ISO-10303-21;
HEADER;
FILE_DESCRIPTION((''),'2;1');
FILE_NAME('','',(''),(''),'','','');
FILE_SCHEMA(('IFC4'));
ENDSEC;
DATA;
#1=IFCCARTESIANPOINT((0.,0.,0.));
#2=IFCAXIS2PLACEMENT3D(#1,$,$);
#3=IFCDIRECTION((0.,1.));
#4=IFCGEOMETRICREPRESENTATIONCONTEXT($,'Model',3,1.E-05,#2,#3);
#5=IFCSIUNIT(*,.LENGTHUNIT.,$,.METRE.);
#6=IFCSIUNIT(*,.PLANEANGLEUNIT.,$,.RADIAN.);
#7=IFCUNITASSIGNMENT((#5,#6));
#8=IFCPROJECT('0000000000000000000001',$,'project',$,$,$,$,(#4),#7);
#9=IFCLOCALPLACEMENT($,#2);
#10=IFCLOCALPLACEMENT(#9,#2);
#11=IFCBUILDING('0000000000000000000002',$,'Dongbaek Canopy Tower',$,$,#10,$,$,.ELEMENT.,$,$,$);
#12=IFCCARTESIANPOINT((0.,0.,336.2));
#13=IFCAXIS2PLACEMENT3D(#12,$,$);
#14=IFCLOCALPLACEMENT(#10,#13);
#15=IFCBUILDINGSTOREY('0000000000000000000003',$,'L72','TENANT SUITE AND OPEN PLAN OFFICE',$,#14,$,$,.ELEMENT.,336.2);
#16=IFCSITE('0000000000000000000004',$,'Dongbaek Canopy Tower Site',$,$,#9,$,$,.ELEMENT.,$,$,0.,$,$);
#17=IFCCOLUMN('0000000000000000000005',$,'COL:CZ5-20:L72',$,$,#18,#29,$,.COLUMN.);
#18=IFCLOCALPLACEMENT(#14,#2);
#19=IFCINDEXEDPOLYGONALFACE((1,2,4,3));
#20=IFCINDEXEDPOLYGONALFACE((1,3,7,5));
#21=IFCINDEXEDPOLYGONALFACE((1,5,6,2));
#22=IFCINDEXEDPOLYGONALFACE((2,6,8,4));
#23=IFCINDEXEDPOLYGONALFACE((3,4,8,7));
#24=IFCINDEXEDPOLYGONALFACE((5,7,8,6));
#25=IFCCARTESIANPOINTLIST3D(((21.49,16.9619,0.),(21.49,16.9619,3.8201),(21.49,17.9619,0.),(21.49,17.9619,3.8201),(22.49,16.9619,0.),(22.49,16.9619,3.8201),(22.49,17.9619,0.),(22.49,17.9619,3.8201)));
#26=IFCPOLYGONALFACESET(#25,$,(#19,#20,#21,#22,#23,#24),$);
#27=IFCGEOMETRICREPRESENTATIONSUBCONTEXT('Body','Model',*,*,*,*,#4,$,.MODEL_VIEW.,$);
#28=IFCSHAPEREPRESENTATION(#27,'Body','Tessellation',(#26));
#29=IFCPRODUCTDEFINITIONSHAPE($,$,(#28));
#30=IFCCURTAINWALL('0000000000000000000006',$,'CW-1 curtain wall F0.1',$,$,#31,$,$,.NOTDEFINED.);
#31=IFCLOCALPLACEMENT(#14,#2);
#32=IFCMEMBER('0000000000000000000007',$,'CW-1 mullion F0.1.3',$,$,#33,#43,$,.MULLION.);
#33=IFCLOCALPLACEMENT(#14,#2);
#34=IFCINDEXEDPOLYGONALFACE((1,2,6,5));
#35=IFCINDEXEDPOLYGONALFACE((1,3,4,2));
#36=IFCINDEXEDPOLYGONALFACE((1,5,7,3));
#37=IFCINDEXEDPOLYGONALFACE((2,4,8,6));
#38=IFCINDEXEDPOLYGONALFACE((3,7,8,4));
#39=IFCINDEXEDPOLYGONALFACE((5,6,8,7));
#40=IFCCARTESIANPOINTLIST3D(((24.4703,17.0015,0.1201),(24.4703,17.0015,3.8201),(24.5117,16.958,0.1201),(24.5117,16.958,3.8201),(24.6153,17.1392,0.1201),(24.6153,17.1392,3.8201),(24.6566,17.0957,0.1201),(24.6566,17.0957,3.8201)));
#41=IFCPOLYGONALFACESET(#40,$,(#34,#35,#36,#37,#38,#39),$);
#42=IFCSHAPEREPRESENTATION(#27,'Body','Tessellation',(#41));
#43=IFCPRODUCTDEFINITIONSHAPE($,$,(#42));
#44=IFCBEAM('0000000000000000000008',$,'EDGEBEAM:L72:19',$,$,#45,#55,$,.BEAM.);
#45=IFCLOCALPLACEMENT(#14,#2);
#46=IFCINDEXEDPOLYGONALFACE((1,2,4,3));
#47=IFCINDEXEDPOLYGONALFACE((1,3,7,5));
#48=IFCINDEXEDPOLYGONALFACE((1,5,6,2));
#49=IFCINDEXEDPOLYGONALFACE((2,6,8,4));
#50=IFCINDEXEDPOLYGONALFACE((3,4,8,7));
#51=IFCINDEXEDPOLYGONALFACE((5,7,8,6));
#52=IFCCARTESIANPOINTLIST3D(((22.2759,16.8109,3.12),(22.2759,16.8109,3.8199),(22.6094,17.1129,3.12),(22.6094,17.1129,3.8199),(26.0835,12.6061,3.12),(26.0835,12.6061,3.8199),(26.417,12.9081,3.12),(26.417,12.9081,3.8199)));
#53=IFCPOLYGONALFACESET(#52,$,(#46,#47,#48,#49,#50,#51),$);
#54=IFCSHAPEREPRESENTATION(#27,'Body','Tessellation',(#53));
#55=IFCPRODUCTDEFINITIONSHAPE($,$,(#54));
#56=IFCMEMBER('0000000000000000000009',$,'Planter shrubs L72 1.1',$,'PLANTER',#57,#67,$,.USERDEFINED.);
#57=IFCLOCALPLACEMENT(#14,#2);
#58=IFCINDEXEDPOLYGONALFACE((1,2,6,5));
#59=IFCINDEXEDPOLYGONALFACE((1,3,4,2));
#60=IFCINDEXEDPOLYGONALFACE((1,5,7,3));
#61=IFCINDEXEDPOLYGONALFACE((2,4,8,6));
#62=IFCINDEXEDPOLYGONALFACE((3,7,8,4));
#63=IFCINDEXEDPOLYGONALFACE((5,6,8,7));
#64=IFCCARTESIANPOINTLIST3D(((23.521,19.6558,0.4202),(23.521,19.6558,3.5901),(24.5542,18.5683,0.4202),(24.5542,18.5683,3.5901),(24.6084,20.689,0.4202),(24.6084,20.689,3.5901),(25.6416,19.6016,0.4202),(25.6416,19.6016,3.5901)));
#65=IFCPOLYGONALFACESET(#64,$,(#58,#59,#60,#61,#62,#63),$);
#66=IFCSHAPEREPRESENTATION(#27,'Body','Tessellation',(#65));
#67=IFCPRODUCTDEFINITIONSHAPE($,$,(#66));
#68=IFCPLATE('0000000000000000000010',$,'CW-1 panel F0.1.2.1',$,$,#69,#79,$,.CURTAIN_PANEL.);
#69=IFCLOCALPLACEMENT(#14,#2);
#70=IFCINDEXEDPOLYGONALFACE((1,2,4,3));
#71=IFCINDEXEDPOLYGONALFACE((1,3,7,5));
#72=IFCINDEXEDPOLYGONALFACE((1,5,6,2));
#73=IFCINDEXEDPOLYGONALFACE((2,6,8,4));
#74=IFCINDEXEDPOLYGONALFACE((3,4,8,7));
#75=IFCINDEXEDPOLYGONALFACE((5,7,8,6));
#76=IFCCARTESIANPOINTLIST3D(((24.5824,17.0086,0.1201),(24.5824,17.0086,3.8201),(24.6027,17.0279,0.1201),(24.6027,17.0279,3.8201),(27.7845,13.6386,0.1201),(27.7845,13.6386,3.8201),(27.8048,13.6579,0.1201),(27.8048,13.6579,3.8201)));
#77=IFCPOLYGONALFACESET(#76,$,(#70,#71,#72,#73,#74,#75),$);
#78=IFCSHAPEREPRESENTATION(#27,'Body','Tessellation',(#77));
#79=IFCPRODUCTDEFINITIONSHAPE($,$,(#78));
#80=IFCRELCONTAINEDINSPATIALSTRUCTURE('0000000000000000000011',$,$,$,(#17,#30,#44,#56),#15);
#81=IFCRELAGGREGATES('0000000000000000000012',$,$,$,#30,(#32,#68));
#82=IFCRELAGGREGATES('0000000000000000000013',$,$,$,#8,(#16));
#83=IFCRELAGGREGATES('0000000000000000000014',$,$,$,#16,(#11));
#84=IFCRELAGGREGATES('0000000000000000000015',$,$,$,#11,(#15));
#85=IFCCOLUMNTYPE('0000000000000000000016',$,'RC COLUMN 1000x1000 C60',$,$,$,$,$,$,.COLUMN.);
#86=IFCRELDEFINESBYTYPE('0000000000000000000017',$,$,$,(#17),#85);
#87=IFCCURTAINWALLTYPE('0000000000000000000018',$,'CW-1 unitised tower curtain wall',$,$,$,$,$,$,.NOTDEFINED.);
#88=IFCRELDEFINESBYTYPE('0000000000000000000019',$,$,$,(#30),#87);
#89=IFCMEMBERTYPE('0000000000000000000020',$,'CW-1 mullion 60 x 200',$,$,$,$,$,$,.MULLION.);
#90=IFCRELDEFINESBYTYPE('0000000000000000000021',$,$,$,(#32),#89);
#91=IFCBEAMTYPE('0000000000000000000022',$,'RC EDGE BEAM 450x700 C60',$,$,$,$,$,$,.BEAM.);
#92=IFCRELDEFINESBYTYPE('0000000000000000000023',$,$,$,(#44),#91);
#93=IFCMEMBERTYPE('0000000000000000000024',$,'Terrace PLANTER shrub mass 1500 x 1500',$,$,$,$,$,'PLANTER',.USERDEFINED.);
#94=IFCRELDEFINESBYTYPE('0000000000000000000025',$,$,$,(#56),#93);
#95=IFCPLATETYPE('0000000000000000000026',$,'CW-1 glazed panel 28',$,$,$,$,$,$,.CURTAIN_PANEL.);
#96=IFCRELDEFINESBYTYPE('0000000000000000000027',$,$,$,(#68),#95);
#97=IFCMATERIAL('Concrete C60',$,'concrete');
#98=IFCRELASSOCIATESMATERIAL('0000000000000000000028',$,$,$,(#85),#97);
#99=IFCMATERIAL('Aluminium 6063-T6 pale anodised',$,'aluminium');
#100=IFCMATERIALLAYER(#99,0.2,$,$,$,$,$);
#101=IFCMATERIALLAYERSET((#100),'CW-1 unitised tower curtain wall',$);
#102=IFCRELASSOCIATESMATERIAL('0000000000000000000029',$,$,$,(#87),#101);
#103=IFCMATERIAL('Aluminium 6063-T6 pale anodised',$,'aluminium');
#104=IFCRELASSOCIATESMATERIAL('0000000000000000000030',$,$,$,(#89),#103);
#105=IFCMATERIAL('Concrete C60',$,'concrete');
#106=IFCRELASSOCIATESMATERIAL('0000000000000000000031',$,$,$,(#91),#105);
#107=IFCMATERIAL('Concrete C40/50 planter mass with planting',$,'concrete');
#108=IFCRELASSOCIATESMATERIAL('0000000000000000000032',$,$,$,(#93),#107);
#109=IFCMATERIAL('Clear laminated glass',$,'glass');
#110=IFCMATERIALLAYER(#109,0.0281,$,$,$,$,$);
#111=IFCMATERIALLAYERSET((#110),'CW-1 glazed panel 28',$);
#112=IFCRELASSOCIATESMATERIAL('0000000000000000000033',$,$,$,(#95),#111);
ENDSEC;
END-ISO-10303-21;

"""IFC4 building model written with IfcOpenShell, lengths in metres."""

from ifc_helpers import new_model, si_unit, direction, frame, origin, origin_2d, place, context, subcontext, project, spatial, rectangle, extrude, material, layer, layer_set, material_profile, profile_set, type_object, element, aggregate, save


model = new_model("IFC4")

# Units and contexts
model_context = context("Model", 3, precision=1e-05, world=origin(), true_north=direction((0.0, 1.0)))
body_context = subcontext(model_context, "Body", "Model", "MODEL_VIEW")
ifc_project = project(units=[si_unit("LENGTHUNIT", "METRE"), si_unit("PLANEANGLEUNIT", "RADIAN")], contexts=[model_context])

# Site, building, storey
site_placement = place(None, origin())
site = spatial("IfcSite", under=ifc_project, at=site_placement, Name="Dongbaek Canopy Tower Site", CompositionType="ELEMENT", RefElevation=0.0)
building_placement = place(site_placement, origin())
building = spatial("IfcBuilding", under=site, at=building_placement, Name="Dongbaek Canopy Tower", CompositionType="ELEMENT")
storey_placement = place(building_placement, frame((0.0, 0.0, 336.2)))
storey = spatial("IfcBuildingStorey", under=building, at=storey_placement, Name="L72", Description="TENANT SUITE AND OPEN PLAN OFFICE", CompositionType="ELEMENT", Elevation=336.2)

# Column
ifc_material_1 = material(Name="Concrete C60", Category="concrete")
ifc_material_profile_1 = material_profile(ifc_material_1, rectangle(XDim=1.0, YDim=1.0, at=origin_2d()), Name="RC COLUMN 1000x1000 C60")
ifc_profile_set_1 = profile_set([ifc_material_profile_1], Name="Concrete C60")
column_type = type_object("IfcColumnType", Name="RC COLUMN 1000x1000 C60", PredefinedType="COLUMN", material=ifc_profile_set_1)
column_placement = place(storey_placement, frame((21.99, 17.4619, 0.0), z_axis=(0.0, 0.0, 1.0), x_axis=(1.0, 0.0, 0.0)))
element("IfcColumn", 1, at=column_placement, inside=storey, type_object=column_type, Name="COL:CZ5-20:L72", PredefinedType="COLUMN", context=body_context, shape_type="SweptSolid", body=[
    extrude(rectangle(XDim=1.0, YDim=1.0, at=origin_2d()), origin(), (0.0, 0.0, 1.0), 3.8201),
])

# Curtain wall, member
ifc_material_2 = material(Name="Aluminium 6063-T6 pale anodised", Category="aluminium")
ifc_layer_1 = layer(ifc_material_2, 0.2)
ifc_layer_set_1 = layer_set([ifc_layer_1], Name="CW-1 unitised tower curtain wall")
curtain_wall_type = type_object("IfcCurtainWallType", Name="CW-1 unitised tower curtain wall", PredefinedType="NOTDEFINED", material=ifc_layer_set_1)
curtain_wall_placement = place(storey_placement, origin())
curtain_wall = element("IfcCurtainWall", 2, at=curtain_wall_placement, inside=storey, type_object=curtain_wall_type, Name="CW-1 curtain wall F0.1", PredefinedType="NOTDEFINED")
ifc_material_3 = material(Name="Aluminium 6063-T6 pale anodised", Category="aluminium")
ifc_material_profile_2 = material_profile(ifc_material_3, rectangle(XDim=0.2, YDim=0.0601, at=origin_2d()), Name="CW-1 mullion 60 x 200")
ifc_profile_set_2 = profile_set([ifc_material_profile_2], Name="Aluminium 6063-T6 pale anodised")
member_type_1 = type_object("IfcMemberType", Name="CW-1 mullion 60 x 200", PredefinedType="MULLION", material=ifc_profile_set_2)
member_1_placement = place(storey_placement, frame((24.5635, 17.0486, 0.1201), z_axis=(0.0, 0.0, 1.0), x_axis=(0.72494, 0.688812, 0.0)))
member_1 = element("IfcMember", 3, at=member_1_placement, type_object=member_type_1, Name="CW-1 mullion F0.1.3", PredefinedType="MULLION", context=body_context, shape_type="SweptSolid", body=[
    extrude(rectangle(XDim=0.2, YDim=0.0601, at=origin_2d()), origin(), (0.0, 0.0, 1.0), 3.7),
])

# Beam
ifc_material_4 = material(Name="Concrete C60", Category="concrete")
ifc_material_profile_3 = material_profile(ifc_material_4, rectangle(XDim=0.45, YDim=0.7, at=origin_2d()), Name="RC EDGE BEAM 450x700 C60")
ifc_profile_set_3 = profile_set([ifc_material_profile_3], Name="Concrete C60")
beam_type = type_object("IfcBeamType", Name="RC EDGE BEAM 450x700 C60", PredefinedType="BEAM", material=ifc_profile_set_3)
beam_placement = place(storey_placement, frame((22.4426, 16.9619, 3.47), z_axis=(0.671228, -0.741251, 0.0), x_axis=(0.741251, 0.671228, 0.0)))
element("IfcBeam", 4, at=beam_placement, inside=storey, type_object=beam_type, Name="EDGEBEAM:L72:19", PredefinedType="BEAM", context=body_context, shape_type="SweptSolid", body=[
    extrude(rectangle(XDim=0.45, YDim=0.7, at=origin_2d()), origin(), (0.0, 0.0, 1.0), 5.6726),
])

# Member
ifc_material_5 = material(Name="Concrete C40/50 planter mass with planting", Category="concrete")
ifc_material_profile_4 = material_profile(ifc_material_5, rectangle(XDim=1.5, YDim=1.5, at=origin_2d()), Name="Terrace PLANTER shrub mass 1500 x 1500")
ifc_profile_set_4 = profile_set([ifc_material_profile_4], Name="Concrete C40/50 planter mass with planting")
member_type_2 = type_object("IfcMemberType", Name="Terrace PLANTER shrub mass 1500 x 1500", ElementType="PLANTER", PredefinedType="USERDEFINED", material=ifc_profile_set_4)
member_2_placement = place(storey_placement, frame((24.5813, 19.6287, 0.4202), z_axis=(0.0, 0.0, 1.0), x_axis=(0.72494, 0.688812, 0.0)))
element("IfcMember", 5, at=member_2_placement, inside=storey, type_object=member_type_2, Name="Planter shrubs L72 1.1", ObjectType="PLANTER", PredefinedType="USERDEFINED", context=body_context, shape_type="SweptSolid", body=[
    extrude(rectangle(XDim=1.5, YDim=1.5, at=origin_2d()), origin(), (0.0, 0.0, 1.0), 3.1699),
])

# Plate
ifc_material_6 = material(Name="Clear laminated glass", Category="glass")
ifc_layer_2 = layer(ifc_material_6, 0.0281)
ifc_layer_set_2 = layer_set([ifc_layer_2], Name="CW-1 glazed panel 28")
plate_type = type_object("IfcPlateType", Name="CW-1 glazed panel 28", PredefinedType="CURTAIN_PANEL", material=ifc_layer_set_2)
plate_placement = place(storey_placement, frame((26.1936, 15.3333, 0.1201), z_axis=(0.0, 0.0, 1.0), x_axis=(-0.688812, 0.72494, 0.0)))
plate = element("IfcPlate", 6, at=plate_placement, type_object=plate_type, Name="CW-1 panel F0.1.2.1", PredefinedType="CURTAIN_PANEL", context=body_context, shape_type="SweptSolid", body=[
    extrude(rectangle(XDim=4.6487, YDim=0.0281, at=origin_2d()), origin(), (0.0, 0.0, 1.0), 3.7),
])

aggregate(curtain_wall, [member_1, plate])

save(model, "model.ifc")
